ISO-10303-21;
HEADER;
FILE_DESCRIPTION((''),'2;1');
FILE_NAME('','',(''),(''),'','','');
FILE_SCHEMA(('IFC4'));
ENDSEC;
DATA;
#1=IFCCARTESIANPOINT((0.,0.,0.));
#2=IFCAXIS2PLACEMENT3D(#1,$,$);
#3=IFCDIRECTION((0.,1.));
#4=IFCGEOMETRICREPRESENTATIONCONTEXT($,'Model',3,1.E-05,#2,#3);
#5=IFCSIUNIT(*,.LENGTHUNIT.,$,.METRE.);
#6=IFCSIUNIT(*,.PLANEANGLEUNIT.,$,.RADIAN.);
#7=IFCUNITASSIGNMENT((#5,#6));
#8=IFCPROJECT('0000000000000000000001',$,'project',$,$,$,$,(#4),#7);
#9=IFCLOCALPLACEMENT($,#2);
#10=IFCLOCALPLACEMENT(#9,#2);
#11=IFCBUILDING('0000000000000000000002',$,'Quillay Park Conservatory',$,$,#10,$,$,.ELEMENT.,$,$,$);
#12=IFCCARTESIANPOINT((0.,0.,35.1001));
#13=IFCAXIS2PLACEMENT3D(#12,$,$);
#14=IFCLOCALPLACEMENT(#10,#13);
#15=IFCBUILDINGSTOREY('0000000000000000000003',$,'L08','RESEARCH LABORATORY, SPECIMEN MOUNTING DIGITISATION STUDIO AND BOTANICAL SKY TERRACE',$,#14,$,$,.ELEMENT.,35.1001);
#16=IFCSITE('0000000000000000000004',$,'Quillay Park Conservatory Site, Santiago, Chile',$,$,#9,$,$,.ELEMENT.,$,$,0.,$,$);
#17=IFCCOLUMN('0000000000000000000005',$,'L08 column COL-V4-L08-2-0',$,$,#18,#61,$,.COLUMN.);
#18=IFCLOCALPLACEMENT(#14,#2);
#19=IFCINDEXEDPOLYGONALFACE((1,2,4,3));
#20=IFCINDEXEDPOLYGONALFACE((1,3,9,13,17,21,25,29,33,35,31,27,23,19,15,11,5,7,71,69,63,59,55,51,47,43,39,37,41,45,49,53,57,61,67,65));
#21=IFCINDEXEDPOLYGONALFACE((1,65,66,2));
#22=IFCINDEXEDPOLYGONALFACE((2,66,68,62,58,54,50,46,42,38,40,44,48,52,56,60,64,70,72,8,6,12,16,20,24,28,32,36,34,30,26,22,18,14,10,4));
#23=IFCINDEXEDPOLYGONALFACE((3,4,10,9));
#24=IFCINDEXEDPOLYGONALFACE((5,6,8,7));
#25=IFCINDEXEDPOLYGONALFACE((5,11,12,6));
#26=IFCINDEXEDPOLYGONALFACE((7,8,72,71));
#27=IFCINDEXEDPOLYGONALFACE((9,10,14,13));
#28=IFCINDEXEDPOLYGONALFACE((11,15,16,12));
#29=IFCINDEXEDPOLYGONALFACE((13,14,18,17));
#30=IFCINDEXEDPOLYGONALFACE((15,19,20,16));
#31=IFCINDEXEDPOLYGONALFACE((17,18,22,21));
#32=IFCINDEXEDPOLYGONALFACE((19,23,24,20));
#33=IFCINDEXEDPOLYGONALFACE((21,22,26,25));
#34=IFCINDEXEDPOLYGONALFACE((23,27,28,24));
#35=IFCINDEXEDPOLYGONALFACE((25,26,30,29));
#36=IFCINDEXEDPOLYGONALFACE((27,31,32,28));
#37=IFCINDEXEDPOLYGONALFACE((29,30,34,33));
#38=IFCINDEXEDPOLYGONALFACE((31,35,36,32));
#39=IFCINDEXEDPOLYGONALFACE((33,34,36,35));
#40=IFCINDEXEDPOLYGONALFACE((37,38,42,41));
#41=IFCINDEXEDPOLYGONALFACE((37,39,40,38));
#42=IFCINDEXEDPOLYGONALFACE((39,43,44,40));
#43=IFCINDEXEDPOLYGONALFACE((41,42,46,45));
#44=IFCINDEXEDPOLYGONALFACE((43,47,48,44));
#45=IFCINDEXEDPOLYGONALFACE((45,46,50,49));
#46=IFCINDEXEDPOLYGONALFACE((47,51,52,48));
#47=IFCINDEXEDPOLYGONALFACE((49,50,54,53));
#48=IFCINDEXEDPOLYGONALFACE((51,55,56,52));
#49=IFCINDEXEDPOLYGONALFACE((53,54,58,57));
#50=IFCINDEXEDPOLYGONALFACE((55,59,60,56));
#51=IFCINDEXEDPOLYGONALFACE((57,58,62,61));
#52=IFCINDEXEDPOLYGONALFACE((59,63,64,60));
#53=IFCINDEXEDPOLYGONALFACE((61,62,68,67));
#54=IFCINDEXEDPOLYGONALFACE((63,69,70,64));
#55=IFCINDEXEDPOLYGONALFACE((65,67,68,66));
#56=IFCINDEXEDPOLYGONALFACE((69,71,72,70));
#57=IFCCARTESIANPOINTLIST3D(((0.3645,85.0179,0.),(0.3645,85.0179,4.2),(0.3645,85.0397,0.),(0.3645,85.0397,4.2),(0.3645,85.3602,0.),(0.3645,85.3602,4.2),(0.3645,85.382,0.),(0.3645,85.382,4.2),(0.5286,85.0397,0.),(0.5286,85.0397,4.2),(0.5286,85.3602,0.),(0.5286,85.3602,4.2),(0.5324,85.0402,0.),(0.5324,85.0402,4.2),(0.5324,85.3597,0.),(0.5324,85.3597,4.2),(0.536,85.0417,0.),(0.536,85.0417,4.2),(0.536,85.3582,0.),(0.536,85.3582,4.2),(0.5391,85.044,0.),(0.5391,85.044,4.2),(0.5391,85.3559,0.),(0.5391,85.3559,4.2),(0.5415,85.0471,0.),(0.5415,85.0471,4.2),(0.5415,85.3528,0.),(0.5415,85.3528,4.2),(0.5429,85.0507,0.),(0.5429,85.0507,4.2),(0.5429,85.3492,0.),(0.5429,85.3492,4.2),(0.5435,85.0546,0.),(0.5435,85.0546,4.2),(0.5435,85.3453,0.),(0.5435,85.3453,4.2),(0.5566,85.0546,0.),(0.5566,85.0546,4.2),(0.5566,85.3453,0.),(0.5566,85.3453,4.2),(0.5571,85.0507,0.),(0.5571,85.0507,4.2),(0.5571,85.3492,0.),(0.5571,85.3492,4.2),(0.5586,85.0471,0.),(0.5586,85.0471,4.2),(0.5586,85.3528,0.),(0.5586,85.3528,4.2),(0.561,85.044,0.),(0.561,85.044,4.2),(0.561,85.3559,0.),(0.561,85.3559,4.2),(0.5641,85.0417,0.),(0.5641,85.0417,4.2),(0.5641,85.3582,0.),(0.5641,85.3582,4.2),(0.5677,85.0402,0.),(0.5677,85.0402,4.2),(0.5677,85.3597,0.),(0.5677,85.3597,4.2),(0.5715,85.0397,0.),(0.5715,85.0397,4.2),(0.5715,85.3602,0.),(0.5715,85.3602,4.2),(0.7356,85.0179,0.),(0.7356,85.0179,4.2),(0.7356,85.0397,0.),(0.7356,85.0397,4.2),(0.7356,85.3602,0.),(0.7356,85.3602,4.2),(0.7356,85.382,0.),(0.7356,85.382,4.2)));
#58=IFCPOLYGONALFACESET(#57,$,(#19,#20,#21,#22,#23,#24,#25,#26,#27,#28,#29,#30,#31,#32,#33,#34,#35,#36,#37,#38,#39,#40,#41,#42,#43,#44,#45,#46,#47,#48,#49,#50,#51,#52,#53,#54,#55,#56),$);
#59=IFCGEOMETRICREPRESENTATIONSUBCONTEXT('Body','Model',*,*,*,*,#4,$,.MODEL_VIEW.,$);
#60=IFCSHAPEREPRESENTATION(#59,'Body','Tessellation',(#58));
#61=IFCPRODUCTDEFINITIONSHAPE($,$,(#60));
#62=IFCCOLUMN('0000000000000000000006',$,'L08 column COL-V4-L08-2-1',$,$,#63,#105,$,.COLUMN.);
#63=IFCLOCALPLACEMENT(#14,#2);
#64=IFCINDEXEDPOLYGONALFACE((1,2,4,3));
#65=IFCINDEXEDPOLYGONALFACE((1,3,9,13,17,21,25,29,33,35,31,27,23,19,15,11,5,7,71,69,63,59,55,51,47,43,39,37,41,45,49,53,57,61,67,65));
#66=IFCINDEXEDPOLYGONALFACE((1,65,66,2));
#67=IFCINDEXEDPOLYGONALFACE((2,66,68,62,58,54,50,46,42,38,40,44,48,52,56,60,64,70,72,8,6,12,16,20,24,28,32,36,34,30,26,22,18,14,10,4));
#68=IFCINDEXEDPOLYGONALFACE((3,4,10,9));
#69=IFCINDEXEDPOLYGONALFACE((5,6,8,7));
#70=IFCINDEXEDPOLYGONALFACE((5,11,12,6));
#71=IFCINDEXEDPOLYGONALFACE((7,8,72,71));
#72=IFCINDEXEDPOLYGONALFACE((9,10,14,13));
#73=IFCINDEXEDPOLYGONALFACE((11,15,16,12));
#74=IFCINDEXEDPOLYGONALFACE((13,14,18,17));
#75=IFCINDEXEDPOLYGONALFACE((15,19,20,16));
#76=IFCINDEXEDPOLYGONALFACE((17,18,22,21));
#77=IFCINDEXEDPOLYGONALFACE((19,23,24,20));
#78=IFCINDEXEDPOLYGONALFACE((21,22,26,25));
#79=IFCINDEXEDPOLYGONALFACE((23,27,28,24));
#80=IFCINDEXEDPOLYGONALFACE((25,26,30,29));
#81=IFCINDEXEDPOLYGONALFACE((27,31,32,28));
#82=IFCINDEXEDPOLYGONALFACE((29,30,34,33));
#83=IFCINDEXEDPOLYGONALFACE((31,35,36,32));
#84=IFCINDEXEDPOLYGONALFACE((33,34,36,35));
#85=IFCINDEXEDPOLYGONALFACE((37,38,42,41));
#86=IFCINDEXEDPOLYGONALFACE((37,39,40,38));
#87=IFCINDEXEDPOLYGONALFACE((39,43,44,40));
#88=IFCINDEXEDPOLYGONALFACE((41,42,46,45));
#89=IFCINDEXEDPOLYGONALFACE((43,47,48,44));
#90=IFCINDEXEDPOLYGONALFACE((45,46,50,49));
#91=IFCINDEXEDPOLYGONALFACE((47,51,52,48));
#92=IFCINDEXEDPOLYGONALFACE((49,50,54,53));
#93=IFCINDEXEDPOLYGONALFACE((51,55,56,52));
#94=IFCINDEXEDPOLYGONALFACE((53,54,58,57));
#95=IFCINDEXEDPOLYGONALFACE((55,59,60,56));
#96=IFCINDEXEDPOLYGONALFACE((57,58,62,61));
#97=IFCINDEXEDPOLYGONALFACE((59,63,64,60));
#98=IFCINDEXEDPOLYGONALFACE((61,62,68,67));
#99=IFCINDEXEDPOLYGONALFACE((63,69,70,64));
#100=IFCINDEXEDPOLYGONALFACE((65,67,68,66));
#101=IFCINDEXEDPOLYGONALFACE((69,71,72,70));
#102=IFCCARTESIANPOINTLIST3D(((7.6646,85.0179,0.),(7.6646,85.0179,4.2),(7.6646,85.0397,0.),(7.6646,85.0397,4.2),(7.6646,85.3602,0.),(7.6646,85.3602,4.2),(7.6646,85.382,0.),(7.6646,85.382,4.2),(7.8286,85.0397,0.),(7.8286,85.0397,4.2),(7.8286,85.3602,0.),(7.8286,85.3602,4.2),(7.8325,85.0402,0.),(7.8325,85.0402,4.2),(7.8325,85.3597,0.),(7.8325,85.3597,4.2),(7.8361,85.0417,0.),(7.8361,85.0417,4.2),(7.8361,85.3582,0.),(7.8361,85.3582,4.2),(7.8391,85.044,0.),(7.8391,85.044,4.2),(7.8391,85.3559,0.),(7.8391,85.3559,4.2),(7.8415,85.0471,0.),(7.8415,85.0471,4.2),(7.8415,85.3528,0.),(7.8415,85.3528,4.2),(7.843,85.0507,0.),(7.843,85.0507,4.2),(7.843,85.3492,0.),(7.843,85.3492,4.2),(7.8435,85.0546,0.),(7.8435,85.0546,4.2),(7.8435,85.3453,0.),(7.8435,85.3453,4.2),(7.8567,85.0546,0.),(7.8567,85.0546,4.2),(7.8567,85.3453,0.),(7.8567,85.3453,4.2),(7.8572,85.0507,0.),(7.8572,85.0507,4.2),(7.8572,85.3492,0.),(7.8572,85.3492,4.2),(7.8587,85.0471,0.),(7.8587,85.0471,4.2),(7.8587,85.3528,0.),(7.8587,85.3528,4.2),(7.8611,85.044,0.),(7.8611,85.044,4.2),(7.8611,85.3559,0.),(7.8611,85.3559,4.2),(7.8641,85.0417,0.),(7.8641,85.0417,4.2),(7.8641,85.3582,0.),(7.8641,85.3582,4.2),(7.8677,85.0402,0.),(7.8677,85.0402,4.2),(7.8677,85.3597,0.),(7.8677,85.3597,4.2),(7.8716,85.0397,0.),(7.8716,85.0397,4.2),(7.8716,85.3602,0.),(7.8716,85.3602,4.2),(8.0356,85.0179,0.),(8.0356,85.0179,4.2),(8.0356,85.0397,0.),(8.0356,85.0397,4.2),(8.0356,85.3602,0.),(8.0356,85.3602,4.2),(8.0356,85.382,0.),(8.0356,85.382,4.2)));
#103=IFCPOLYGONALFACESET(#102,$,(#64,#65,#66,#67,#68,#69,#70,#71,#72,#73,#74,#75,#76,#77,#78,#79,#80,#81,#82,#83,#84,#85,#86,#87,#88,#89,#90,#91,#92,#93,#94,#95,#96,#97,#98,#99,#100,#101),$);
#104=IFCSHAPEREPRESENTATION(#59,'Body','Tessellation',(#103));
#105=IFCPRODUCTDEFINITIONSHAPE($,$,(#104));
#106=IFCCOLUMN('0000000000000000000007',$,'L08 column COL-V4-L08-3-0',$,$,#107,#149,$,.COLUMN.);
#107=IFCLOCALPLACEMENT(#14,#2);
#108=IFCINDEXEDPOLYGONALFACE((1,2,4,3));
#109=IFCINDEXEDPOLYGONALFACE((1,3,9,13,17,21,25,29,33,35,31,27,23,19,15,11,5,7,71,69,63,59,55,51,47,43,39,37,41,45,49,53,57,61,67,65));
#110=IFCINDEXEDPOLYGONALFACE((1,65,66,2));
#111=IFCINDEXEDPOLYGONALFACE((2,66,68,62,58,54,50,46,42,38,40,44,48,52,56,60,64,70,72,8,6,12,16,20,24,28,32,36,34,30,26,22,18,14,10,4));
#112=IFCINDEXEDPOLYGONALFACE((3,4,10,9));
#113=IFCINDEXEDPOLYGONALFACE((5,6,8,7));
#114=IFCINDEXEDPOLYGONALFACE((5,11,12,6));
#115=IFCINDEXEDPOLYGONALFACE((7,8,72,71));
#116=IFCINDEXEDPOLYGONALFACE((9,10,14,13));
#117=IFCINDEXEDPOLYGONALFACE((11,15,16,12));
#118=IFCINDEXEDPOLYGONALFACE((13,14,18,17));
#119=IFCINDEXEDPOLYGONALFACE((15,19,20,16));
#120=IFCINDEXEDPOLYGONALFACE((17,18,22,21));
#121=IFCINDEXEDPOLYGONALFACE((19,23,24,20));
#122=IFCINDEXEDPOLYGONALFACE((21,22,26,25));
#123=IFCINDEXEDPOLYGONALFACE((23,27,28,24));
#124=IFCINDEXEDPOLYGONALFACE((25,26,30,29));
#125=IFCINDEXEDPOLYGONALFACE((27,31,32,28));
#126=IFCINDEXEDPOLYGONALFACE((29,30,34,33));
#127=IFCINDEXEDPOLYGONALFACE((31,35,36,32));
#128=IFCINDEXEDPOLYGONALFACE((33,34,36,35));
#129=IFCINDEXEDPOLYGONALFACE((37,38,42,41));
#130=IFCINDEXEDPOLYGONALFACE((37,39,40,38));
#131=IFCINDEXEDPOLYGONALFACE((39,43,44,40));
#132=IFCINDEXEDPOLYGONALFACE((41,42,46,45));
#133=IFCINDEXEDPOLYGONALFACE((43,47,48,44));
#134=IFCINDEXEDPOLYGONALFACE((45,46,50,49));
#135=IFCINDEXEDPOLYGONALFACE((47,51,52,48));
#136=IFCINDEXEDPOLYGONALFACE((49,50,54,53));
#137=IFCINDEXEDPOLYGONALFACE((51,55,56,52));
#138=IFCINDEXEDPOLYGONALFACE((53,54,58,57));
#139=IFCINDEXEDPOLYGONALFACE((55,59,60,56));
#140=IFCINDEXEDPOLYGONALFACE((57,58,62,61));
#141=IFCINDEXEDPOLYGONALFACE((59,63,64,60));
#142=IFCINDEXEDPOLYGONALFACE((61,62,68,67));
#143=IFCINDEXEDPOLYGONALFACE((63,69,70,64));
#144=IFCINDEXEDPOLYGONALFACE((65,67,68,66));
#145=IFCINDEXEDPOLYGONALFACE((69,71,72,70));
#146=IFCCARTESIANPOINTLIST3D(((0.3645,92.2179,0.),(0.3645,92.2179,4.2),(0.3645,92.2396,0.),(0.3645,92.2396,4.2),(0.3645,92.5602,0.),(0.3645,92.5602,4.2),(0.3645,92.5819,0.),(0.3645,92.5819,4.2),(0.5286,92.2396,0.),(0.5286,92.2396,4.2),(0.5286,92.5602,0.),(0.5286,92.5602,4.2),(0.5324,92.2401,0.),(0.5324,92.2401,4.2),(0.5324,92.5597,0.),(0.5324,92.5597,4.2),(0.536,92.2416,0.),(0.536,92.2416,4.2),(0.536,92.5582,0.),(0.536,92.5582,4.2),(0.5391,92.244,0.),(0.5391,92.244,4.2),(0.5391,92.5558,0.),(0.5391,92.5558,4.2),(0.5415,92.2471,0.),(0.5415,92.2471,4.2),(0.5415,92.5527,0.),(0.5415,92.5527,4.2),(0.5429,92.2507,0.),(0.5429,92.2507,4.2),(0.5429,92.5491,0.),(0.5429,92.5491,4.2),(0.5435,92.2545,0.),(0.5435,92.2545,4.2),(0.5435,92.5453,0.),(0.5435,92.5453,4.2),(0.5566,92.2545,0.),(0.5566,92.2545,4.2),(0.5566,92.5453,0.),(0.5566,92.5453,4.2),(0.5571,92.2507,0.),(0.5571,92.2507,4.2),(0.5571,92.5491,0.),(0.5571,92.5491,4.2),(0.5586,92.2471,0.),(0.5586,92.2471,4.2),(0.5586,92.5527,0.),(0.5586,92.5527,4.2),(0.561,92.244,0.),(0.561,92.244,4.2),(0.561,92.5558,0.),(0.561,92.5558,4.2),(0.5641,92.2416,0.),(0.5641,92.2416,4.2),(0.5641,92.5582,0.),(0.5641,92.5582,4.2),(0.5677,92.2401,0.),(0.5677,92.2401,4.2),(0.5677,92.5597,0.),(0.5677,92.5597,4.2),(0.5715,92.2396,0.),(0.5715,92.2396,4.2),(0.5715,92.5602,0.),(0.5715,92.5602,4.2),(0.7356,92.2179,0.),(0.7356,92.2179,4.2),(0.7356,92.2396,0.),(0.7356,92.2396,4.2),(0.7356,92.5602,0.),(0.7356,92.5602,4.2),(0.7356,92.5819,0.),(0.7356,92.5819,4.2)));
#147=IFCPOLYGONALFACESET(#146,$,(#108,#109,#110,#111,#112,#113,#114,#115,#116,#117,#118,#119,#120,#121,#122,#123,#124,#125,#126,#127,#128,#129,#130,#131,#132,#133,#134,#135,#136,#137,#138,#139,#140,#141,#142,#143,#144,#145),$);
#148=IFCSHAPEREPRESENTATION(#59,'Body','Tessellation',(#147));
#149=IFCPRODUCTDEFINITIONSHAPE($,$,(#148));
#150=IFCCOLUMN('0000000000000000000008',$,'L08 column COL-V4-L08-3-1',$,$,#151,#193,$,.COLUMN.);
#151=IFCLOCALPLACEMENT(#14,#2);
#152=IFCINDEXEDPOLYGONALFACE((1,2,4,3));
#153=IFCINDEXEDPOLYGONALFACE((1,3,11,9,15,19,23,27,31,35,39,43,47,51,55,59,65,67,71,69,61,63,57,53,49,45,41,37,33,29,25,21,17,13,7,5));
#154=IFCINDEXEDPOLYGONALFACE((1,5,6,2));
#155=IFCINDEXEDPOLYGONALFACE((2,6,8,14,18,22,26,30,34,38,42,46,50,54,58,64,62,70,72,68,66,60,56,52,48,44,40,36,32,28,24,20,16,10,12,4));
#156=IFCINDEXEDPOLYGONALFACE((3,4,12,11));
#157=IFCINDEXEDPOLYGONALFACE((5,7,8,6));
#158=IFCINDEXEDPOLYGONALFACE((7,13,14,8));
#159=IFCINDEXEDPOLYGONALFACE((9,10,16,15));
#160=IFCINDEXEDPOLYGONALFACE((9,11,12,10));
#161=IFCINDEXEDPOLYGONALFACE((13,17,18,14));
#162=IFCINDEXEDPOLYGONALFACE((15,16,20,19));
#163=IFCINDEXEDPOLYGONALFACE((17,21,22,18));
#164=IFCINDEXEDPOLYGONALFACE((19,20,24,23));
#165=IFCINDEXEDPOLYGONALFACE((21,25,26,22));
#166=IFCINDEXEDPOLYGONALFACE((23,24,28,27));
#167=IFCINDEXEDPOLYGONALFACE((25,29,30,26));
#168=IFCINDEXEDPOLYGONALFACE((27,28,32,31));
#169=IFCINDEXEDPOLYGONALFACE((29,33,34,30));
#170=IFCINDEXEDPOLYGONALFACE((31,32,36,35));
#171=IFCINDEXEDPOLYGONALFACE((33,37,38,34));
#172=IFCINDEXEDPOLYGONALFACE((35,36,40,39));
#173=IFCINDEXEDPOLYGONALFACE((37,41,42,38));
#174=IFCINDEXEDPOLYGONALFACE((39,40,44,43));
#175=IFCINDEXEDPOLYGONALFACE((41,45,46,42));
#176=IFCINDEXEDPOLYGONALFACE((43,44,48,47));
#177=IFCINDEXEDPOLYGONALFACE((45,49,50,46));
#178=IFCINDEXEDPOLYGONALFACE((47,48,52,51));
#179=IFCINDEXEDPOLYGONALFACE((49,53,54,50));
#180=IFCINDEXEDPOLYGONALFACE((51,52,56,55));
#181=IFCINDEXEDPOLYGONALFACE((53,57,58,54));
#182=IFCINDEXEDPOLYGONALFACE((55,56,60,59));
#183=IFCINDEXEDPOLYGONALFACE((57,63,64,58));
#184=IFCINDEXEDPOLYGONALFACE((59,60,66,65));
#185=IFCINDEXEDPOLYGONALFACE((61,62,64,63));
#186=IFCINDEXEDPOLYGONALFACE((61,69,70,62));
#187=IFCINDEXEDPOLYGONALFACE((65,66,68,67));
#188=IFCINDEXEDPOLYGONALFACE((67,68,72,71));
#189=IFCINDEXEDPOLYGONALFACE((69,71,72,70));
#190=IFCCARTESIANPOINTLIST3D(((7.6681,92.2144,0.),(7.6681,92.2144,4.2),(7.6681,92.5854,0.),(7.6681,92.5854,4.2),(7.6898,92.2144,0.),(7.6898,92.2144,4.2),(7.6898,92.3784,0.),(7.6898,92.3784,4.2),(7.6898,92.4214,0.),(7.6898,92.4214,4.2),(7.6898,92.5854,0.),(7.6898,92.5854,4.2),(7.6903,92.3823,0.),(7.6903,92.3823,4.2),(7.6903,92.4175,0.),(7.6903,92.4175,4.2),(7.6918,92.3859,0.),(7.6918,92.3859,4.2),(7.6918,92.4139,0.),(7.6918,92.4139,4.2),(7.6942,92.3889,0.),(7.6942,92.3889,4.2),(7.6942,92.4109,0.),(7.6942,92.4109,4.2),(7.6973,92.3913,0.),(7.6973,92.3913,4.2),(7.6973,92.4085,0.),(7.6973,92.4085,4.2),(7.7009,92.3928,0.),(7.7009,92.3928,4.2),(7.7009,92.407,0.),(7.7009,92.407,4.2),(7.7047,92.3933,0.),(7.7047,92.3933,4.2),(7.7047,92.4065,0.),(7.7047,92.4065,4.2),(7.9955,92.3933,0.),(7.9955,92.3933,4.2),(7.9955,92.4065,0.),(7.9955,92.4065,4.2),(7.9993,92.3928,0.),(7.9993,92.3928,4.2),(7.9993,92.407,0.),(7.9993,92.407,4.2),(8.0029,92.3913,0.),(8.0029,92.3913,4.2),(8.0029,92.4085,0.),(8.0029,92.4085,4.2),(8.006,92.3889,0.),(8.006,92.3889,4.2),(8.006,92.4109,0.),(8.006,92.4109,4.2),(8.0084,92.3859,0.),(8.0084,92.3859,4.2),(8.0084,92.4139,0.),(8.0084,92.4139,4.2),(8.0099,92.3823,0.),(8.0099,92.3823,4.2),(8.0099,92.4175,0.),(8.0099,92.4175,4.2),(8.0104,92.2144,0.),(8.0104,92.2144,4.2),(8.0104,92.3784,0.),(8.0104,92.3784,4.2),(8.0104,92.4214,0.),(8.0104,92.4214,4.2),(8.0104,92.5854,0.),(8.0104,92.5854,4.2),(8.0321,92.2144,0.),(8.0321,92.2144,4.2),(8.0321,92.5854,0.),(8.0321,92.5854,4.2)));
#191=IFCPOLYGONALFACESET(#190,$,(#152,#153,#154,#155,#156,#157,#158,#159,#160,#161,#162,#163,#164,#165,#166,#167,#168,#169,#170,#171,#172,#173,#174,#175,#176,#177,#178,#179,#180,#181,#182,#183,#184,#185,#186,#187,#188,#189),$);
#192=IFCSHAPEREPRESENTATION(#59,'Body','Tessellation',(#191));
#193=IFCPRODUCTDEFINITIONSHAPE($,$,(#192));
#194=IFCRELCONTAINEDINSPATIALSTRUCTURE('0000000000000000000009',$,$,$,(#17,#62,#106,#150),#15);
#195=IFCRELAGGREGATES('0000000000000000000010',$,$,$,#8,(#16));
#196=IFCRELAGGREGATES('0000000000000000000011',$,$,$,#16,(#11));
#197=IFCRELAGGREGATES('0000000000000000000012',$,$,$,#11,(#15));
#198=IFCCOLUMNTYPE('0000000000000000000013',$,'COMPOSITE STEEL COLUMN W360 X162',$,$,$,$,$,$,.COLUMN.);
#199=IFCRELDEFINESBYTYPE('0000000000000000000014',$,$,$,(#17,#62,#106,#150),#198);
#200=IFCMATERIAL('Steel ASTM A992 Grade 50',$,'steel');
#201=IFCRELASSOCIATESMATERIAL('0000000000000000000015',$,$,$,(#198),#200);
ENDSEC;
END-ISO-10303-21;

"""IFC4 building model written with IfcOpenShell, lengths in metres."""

from ifc_helpers import new_model, si_unit, direction, frame, origin, origin_2d, place, context, subcontext, project, spatial, i_section, extrude, material, material_profile, profile_set, type_object, element, save


model = new_model("IFC4")

# Units and contexts
model_context = context("Model", 3, precision=1e-05, world=origin(), true_north=direction((0.0, 1.0)))
body_context = subcontext(model_context, "Body", "Model", "MODEL_VIEW")
ifc_project = project(units=[si_unit("LENGTHUNIT", "METRE"), si_unit("PLANEANGLEUNIT", "RADIAN")], contexts=[model_context])

# Site, building, storey
site_placement = place(None, origin())
site = spatial("IfcSite", under=ifc_project, at=site_placement, Name="Quillay Park Conservatory Site, Santiago, Chile", CompositionType="ELEMENT", RefElevation=0.0)
building_placement = place(site_placement, origin())
building = spatial("IfcBuilding", under=site, at=building_placement, Name="Quillay Park Conservatory", CompositionType="ELEMENT")
storey_placement = place(building_placement, frame((0.0, 0.0, 35.1001)))
storey = spatial("IfcBuildingStorey", under=building, at=storey_placement, Name="L08", Description="RESEARCH LABORATORY, SPECIMEN MOUNTING DIGITISATION STUDIO AND BOTANICAL SKY TERRACE", CompositionType="ELEMENT", Elevation=35.1001)

# Columns
ifc_material_1 = material(Name="Steel ASTM A992 Grade 50", Category="steel")
ifc_material_profile_1 = material_profile(ifc_material_1, i_section(OverallWidth=0.3711, OverallDepth=0.364, WebThickness=0.0132, FlangeThickness=0.0217, FilletRadius=0.0149, at=origin_2d()), Name="W360x162")
ifc_profile_set_1 = profile_set([ifc_material_profile_1], Name="Steel ASTM A992 Grade 50")
column_type = type_object("IfcColumnType", Name="COMPOSITE STEEL COLUMN W360 X162", PredefinedType="COLUMN", material=ifc_profile_set_1)
for number, where, z_axis, x_axis, name in (
    (1, (0.55, 85.2, 0.0), (0.0, 0.0, 1.0), (1.0, 0.0, 0.0), "L08 column COL-V4-L08-2-0"),
    (2, (7.8501, 85.2, 0.0), (0.0, 0.0, 1.0), (1.0, 0.0, 0.0), "L08 column COL-V4-L08-2-1"),
    (3, (0.55, 92.3999, 0.0), (0.0, 0.0, 1.0), (1.0, 0.0, 0.0), "L08 column COL-V4-L08-3-0"),
    (4, (7.8501, 92.3999, 0.0), (0.0, 0.0, 1.0), (0.0, 1.0, 0.0), "L08 column COL-V4-L08-3-1"),
):
    element("IfcColumn", number, at=place(storey_placement, frame(where, z_axis=z_axis, x_axis=x_axis)), inside=storey, type_object=column_type, Name=name, PredefinedType="COLUMN", context=body_context, shape_type="SweptSolid", body=[
        extrude(i_section(OverallWidth=0.3711, OverallDepth=0.364, WebThickness=0.0132, FlangeThickness=0.0217, FilletRadius=0.0149, at=origin_2d()), origin(), (0.0, 0.0, 1.0), 4.2),
    ])

save(model, "model.ifc")
